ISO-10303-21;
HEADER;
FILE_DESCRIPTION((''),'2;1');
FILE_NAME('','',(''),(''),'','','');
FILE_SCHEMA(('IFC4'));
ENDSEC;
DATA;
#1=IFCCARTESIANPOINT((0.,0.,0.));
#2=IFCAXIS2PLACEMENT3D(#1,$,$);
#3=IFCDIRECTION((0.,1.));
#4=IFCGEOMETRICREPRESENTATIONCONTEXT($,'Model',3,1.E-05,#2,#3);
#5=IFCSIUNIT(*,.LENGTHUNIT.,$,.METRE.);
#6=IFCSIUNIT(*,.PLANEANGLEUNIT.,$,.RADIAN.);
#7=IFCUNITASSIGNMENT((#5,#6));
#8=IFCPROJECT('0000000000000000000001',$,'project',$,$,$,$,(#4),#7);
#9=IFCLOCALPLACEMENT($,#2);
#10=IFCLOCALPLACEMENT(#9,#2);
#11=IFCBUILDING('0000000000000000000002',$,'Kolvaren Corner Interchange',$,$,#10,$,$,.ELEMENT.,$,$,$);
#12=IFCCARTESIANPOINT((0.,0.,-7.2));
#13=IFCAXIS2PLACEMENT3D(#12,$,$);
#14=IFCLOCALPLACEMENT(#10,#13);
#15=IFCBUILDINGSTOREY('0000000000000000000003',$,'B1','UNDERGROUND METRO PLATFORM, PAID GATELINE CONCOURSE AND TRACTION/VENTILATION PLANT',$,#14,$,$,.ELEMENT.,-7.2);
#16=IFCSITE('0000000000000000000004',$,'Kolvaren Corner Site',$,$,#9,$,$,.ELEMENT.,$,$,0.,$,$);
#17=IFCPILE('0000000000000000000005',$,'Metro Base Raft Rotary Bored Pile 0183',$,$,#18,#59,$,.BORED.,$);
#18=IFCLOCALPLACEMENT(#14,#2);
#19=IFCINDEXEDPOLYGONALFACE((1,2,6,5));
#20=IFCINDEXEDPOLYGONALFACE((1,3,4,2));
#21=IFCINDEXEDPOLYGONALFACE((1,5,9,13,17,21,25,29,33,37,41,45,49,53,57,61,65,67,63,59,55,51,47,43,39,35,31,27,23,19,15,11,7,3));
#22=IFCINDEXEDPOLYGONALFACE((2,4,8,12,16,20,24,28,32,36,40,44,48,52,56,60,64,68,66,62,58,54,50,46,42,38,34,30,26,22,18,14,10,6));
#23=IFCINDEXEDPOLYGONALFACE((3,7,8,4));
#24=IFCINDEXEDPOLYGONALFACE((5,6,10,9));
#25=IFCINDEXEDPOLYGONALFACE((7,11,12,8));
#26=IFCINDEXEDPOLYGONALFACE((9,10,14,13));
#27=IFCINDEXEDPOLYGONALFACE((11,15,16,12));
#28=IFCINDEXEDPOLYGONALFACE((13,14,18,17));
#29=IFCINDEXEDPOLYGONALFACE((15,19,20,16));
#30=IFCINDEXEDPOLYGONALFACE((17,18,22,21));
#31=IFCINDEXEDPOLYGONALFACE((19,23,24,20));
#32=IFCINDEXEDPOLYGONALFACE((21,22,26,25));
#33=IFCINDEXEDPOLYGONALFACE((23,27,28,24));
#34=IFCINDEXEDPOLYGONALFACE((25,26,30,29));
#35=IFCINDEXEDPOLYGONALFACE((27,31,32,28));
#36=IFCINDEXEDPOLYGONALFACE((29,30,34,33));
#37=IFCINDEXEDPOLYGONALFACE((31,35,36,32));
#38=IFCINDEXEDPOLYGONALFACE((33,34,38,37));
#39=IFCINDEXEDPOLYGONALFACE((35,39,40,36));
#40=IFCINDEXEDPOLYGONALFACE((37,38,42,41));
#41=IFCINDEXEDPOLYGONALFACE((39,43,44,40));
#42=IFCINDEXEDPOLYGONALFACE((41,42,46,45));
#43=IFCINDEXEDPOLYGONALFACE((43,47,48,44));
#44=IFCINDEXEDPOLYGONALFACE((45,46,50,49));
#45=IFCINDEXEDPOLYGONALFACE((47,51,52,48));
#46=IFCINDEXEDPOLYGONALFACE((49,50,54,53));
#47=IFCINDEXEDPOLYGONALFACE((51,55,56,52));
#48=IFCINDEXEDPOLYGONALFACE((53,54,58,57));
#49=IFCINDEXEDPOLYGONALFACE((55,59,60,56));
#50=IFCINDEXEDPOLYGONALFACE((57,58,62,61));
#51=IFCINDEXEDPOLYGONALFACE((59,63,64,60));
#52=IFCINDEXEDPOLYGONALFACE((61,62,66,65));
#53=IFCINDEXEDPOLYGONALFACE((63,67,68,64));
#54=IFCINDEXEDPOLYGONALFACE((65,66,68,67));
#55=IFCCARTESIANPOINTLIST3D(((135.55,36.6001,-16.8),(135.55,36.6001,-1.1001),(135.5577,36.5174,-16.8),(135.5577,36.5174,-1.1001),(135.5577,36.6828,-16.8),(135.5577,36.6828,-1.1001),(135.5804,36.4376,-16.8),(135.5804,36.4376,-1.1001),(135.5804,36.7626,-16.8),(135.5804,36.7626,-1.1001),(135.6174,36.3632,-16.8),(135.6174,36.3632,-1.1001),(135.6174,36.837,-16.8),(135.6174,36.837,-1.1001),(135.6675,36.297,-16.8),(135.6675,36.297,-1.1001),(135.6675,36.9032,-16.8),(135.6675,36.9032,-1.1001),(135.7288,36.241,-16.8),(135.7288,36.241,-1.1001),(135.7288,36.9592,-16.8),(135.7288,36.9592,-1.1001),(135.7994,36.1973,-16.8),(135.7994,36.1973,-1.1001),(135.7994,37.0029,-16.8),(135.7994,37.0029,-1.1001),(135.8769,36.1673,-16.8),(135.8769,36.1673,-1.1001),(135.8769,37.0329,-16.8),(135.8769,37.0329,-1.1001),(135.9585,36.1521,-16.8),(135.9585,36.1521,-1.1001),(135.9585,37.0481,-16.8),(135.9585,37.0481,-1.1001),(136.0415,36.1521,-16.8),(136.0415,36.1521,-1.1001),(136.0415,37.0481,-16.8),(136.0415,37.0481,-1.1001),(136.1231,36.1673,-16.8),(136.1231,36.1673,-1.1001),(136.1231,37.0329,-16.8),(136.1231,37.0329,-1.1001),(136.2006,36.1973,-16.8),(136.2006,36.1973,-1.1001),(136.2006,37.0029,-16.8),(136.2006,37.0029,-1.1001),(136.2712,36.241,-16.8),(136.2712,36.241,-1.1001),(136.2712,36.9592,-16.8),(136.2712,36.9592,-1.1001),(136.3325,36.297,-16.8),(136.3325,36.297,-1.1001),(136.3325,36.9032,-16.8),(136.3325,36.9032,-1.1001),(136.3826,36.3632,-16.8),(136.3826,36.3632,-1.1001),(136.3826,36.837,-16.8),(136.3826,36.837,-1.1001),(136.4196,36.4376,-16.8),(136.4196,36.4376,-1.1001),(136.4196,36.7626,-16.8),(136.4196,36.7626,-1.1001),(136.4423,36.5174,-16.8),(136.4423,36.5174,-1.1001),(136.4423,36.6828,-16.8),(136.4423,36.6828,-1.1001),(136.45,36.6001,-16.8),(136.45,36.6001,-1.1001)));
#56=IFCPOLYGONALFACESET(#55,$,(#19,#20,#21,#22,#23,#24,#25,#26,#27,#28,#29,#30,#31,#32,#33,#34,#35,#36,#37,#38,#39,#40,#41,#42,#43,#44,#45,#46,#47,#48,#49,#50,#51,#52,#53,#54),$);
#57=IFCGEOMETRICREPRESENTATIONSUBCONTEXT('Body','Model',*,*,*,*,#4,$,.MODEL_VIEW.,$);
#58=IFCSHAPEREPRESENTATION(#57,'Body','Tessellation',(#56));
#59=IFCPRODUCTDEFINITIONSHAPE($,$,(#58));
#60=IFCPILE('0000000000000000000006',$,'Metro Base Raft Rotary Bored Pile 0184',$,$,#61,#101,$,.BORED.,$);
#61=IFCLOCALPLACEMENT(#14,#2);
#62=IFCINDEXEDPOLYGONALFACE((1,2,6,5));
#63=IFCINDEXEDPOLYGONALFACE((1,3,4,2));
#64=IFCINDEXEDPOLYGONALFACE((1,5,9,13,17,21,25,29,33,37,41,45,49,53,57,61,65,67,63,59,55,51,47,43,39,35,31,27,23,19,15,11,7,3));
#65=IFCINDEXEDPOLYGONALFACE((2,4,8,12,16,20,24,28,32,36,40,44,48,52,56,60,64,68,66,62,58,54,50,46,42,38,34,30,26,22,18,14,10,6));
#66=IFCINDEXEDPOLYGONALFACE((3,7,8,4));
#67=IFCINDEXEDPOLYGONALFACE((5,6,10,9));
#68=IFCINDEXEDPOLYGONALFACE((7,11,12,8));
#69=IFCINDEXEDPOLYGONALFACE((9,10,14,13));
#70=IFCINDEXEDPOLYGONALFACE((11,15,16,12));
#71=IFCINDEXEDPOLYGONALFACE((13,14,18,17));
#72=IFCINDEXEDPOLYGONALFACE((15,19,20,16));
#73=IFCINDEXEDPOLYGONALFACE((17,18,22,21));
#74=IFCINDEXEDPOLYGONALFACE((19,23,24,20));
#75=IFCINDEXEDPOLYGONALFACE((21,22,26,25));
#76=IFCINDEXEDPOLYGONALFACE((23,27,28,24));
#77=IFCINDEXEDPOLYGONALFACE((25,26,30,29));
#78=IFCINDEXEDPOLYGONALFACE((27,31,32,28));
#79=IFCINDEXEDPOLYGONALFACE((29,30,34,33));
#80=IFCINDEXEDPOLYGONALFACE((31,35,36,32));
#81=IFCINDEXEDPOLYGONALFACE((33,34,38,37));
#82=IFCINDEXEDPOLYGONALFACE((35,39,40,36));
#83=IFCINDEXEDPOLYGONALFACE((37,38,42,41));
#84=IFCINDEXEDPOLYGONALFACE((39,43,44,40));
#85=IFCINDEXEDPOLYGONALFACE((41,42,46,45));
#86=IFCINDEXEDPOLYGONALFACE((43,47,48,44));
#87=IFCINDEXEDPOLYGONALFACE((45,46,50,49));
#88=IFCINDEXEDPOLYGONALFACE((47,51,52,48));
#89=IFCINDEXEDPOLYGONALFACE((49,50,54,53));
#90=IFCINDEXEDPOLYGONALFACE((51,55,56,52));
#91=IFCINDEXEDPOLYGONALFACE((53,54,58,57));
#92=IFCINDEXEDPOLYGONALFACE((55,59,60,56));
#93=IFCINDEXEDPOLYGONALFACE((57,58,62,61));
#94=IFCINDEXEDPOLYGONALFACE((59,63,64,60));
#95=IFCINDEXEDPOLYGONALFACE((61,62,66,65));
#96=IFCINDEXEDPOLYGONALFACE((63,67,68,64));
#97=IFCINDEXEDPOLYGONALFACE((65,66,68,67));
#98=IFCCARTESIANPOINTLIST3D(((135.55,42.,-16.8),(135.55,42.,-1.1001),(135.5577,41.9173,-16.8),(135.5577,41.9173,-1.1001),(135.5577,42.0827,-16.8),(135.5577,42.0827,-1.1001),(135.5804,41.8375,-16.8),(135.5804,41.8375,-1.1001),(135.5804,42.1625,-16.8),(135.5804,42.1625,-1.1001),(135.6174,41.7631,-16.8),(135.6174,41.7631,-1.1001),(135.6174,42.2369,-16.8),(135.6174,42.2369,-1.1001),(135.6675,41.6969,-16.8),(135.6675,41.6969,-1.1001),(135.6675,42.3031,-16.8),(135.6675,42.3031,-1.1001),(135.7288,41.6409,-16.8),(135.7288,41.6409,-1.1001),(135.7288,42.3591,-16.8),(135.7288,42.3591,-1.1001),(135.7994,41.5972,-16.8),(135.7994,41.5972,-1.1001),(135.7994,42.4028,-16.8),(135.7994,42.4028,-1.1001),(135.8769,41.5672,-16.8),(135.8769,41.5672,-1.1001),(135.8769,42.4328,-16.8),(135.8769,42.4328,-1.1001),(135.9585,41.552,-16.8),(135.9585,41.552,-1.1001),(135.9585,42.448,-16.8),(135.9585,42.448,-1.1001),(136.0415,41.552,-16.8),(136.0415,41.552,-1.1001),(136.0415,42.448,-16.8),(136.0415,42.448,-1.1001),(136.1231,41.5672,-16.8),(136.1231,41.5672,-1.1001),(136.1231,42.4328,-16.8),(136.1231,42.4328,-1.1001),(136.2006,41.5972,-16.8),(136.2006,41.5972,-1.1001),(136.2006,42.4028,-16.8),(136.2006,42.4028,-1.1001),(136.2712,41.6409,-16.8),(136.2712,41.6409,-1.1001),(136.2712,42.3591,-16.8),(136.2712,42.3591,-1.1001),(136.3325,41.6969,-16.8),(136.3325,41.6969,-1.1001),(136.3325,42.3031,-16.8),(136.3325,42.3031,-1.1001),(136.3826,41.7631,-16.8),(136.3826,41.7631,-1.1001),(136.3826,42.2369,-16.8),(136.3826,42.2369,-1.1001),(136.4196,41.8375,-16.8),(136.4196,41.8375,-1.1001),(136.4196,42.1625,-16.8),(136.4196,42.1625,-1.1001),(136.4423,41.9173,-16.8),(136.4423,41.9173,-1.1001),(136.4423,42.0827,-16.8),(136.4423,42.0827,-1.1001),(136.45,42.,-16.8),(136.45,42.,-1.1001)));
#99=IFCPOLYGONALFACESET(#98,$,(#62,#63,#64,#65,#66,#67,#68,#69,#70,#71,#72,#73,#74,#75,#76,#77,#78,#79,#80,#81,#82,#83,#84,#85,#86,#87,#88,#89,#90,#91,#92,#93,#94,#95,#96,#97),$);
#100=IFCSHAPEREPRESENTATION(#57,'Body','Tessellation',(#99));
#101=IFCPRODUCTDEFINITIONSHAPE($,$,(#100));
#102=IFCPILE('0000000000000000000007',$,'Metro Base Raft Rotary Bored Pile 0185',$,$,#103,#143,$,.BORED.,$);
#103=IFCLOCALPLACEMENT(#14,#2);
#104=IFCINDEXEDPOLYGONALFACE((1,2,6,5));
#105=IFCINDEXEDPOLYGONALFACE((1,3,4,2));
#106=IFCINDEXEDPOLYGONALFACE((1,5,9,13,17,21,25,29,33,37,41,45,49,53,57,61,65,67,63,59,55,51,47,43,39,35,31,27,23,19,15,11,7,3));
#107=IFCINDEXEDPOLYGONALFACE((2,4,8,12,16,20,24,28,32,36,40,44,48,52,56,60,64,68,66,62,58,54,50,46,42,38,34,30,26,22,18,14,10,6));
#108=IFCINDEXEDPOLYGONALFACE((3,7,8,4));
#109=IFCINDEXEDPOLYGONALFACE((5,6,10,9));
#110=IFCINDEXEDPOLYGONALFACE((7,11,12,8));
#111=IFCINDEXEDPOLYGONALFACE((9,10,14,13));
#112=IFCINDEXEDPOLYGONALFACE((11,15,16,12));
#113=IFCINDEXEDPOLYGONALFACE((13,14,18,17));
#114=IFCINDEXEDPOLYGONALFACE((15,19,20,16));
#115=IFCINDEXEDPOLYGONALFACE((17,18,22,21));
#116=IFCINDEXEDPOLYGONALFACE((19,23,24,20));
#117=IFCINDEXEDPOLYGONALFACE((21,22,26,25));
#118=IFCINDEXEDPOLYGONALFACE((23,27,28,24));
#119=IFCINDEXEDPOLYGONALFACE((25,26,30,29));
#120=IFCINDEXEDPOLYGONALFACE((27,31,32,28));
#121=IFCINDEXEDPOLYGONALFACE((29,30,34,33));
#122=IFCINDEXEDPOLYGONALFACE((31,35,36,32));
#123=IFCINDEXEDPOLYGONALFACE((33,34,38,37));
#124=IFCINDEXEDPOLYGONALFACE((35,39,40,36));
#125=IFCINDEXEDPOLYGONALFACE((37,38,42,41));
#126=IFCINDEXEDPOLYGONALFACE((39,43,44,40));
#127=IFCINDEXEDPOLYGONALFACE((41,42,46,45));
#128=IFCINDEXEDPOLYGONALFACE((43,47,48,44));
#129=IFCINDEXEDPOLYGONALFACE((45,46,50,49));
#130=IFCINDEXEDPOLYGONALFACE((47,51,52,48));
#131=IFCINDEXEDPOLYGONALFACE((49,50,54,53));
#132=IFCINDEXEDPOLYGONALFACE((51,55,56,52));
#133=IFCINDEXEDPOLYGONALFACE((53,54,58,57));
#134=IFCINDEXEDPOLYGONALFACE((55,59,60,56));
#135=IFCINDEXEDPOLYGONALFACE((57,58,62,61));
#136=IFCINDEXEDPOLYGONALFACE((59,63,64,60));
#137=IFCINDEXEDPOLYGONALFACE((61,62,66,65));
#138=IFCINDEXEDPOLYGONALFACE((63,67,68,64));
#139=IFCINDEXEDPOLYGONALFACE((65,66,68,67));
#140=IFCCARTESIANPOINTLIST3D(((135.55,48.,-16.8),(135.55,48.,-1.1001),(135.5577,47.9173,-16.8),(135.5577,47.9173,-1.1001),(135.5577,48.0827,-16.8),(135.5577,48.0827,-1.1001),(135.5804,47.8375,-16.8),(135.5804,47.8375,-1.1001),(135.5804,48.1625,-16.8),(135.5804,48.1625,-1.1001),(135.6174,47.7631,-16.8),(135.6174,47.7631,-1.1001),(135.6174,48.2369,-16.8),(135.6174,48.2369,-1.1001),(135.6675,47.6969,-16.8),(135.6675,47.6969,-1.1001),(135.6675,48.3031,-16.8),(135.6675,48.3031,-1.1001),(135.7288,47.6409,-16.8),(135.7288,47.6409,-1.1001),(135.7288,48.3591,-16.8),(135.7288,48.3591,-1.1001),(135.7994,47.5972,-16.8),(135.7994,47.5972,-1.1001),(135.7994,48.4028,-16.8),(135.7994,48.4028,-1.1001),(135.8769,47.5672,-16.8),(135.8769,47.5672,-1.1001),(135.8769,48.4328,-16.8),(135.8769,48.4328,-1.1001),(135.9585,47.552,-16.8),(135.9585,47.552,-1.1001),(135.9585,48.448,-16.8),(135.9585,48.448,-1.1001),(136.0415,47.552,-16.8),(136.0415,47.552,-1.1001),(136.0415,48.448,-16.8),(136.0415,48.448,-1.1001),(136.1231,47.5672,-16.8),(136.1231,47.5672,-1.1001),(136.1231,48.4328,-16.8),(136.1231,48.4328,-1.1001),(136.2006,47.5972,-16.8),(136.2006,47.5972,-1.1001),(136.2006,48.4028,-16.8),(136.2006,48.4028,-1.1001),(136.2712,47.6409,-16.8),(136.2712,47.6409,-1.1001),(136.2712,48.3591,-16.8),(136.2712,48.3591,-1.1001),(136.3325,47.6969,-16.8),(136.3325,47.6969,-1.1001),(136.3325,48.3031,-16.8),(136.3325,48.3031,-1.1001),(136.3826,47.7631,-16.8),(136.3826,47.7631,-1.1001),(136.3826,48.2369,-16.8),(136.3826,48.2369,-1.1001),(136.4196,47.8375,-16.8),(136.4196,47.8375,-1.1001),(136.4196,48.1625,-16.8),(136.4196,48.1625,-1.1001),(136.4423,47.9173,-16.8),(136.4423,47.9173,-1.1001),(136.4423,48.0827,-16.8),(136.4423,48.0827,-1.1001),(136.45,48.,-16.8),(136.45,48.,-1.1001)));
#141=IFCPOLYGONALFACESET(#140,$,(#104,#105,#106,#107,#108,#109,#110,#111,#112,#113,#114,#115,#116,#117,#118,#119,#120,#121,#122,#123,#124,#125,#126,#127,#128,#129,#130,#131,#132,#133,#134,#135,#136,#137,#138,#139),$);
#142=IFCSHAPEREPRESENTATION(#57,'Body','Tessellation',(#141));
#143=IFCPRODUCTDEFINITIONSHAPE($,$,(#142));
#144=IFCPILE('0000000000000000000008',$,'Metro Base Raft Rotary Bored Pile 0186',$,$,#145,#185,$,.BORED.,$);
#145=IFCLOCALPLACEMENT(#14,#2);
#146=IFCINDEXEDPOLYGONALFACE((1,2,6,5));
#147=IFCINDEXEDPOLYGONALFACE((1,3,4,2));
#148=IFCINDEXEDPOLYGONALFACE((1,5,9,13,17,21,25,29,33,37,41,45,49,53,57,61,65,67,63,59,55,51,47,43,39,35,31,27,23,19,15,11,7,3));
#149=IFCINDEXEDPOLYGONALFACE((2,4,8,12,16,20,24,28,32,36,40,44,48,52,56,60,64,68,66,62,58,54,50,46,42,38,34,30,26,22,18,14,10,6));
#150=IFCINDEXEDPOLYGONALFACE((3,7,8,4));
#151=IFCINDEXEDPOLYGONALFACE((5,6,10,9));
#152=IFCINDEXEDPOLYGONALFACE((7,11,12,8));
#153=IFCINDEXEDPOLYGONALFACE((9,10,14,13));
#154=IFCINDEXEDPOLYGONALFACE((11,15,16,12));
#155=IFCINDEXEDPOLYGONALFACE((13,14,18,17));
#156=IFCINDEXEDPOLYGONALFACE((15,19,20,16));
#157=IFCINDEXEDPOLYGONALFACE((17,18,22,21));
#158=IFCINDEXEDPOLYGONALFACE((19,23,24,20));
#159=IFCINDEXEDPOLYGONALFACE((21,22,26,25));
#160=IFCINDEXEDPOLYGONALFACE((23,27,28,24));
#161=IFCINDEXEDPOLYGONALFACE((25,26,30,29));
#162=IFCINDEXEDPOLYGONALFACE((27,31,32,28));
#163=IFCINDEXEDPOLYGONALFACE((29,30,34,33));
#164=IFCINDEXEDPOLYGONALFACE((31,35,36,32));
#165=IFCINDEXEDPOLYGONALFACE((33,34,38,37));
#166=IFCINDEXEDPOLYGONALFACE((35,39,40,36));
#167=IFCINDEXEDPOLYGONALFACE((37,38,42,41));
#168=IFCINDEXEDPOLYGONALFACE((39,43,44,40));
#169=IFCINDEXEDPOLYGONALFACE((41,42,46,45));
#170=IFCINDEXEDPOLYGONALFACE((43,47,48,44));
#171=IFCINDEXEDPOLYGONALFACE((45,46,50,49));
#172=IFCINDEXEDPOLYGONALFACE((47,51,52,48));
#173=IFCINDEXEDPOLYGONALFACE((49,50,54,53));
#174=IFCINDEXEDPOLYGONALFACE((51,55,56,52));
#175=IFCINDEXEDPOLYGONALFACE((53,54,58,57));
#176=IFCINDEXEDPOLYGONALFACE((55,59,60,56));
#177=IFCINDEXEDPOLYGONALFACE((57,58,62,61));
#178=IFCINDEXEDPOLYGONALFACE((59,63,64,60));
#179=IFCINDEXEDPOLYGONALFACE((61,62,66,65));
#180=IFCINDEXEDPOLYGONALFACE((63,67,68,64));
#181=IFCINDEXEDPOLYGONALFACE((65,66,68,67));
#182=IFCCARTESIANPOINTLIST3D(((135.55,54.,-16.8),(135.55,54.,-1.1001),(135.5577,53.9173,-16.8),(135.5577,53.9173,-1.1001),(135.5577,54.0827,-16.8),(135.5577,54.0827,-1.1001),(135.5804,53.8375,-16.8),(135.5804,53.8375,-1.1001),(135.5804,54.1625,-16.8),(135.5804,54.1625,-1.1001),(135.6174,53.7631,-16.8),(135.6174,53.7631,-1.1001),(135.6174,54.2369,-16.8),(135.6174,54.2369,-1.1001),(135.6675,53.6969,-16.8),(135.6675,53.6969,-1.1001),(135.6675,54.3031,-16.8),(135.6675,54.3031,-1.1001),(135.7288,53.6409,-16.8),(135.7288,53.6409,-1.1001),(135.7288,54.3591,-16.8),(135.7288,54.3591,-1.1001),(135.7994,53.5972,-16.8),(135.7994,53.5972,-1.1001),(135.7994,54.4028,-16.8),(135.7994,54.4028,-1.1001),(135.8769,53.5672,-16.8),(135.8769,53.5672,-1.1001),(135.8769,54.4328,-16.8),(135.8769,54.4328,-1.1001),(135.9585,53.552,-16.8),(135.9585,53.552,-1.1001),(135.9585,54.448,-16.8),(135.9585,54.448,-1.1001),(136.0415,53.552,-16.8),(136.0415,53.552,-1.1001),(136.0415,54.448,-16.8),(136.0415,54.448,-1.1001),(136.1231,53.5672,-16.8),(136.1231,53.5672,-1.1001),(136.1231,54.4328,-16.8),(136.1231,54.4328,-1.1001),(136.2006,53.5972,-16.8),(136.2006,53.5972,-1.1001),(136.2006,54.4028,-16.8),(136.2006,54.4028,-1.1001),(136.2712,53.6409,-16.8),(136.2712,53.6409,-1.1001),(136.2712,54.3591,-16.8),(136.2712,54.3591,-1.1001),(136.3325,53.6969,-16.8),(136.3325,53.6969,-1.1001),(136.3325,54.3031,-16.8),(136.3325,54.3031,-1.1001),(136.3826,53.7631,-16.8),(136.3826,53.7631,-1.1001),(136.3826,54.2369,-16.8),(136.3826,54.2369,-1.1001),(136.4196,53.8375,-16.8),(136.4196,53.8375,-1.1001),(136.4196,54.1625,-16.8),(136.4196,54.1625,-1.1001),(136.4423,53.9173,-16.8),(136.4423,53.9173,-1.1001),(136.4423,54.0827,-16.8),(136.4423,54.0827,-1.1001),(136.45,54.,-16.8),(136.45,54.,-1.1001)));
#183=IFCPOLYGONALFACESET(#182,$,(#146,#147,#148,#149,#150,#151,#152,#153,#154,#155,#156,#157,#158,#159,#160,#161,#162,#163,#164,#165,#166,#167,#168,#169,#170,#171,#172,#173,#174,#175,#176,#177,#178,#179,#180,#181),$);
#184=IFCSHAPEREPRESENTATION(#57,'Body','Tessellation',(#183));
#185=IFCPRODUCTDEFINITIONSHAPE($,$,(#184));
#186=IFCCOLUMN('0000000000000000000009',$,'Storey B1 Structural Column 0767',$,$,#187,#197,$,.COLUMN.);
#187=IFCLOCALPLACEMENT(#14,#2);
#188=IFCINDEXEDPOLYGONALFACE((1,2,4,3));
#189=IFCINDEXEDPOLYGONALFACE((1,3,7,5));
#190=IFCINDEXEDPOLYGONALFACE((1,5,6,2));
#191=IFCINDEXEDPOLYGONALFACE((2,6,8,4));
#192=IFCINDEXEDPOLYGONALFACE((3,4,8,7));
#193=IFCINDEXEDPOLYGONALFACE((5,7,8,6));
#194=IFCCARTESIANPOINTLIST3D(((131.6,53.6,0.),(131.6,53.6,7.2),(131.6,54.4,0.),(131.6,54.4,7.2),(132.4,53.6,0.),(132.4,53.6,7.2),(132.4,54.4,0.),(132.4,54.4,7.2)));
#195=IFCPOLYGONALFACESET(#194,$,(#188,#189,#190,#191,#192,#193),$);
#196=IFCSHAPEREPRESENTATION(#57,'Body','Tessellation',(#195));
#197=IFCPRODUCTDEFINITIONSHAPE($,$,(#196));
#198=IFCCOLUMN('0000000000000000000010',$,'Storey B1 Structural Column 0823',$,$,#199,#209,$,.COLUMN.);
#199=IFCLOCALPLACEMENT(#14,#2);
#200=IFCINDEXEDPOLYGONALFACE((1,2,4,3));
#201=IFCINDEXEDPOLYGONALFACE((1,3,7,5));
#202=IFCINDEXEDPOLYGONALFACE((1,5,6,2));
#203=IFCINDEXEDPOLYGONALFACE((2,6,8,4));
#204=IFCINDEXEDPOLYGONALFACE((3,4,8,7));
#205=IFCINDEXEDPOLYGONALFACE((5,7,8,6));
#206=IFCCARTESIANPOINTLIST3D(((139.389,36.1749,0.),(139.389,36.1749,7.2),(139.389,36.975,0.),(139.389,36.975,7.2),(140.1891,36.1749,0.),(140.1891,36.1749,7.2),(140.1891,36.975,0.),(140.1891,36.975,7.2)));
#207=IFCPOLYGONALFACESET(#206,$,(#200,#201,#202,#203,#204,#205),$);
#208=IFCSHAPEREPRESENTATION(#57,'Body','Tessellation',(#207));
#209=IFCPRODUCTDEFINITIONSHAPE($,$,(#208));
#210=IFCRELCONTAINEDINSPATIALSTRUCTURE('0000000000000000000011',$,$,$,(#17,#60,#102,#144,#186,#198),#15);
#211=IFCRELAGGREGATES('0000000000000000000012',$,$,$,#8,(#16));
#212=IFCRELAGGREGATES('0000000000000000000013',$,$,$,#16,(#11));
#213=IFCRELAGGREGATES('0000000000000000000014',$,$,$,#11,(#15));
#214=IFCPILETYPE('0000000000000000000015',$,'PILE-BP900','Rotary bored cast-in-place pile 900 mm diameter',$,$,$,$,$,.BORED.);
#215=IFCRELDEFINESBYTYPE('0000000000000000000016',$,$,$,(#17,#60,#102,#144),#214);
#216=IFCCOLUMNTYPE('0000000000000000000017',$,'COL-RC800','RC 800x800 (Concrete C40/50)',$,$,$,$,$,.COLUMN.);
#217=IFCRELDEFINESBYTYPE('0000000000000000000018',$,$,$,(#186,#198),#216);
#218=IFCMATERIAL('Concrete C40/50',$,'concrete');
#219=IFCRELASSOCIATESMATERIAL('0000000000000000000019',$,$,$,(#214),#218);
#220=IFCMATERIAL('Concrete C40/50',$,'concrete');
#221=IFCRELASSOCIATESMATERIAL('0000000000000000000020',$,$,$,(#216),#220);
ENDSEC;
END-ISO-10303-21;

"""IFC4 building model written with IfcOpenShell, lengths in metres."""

from ifc_helpers import new_model, si_unit, direction, frame, origin, origin_2d, place, context, subcontext, project, spatial, rectangle, circle, extrude, material, material_profile, profile_set, type_object, element, save


model = new_model("IFC4")

# Units and contexts
model_context = context("Model", 3, precision=1e-05, world=origin(), true_north=direction((0.0, 1.0)))
body_context = subcontext(model_context, "Body", "Model", "MODEL_VIEW")
ifc_project = project(units=[si_unit("LENGTHUNIT", "METRE"), si_unit("PLANEANGLEUNIT", "RADIAN")], contexts=[model_context])

# Site, building, storey
site_placement = place(None, origin())
site = spatial("IfcSite", under=ifc_project, at=site_placement, Name="Kolvaren Corner Site", CompositionType="ELEMENT", RefElevation=0.0)
building_placement = place(site_placement, origin())
building = spatial("IfcBuilding", under=site, at=building_placement, Name="Kolvaren Corner Interchange", CompositionType="ELEMENT")
storey_placement = place(building_placement, frame((0.0, 0.0, -7.2)))
storey = spatial("IfcBuildingStorey", under=building, at=storey_placement, Name="B1", Description="UNDERGROUND METRO PLATFORM, PAID GATELINE CONCOURSE AND TRACTION/VENTILATION PLANT", CompositionType="ELEMENT", Elevation=-7.2)

# Piles
ifc_material_1 = material(Name="Concrete C40/50", Category="concrete")
ifc_material_profile_1 = material_profile(ifc_material_1, circle(Radius=0.45, at=origin_2d()), Name="BORED PILE 900")
ifc_profile_set_1 = profile_set([ifc_material_profile_1], Name="Concrete C40/50")
pile_type_1 = type_object("IfcPileType", Name="PILE-BP900", Description="Rotary bored cast-in-place pile 900 mm diameter", PredefinedType="BORED", material=ifc_profile_set_1)
for number, where, z_axis, x_axis, name in (
    (1, (136.0, 36.6001, -1.1001), (0.0, 0.0, -1.0), (1.0, 0.0, 0.0), "Metro Base Raft Rotary Bored Pile 0183"),
    (2, (136.0, 42.0, -1.1001), (0.0, 0.0, -1.0), (1.0, 0.0, 0.0), "Metro Base Raft Rotary Bored Pile 0184"),
    (3, (136.0, 48.0, -1.1001), (0.0, 0.0, -1.0), (1.0, 0.0, 0.0), "Metro Base Raft Rotary Bored Pile 0185"),
    (4, (136.0, 54.0, -1.1001), (0.0, 0.0, -1.0), (1.0, 0.0, 0.0), "Metro Base Raft Rotary Bored Pile 0186"),
):
    element("IfcPile", number, at=place(storey_placement, frame(where, z_axis=z_axis, x_axis=x_axis)), inside=storey, type_object=pile_type_1, Name=name, PredefinedType="BORED", context=body_context, shape_type="SweptSolid", body=[
        extrude(circle(Radius=0.45, at=origin_2d()), origin(), (0.0, 0.0, 1.0), 15.7),
    ])

# Columns
ifc_material_2 = material(Name="Concrete C40/50", Category="concrete")
ifc_material_profile_2 = material_profile(ifc_material_2, rectangle(XDim=0.8, YDim=0.8, at=origin_2d()), Name="RC 800x800")
ifc_profile_set_2 = profile_set([ifc_material_profile_2], Name="Concrete C40/50")
column_type = type_object("IfcColumnType", Name="COL-RC800", Description="RC 800x800 (Concrete C40/50)", PredefinedType="COLUMN", material=ifc_profile_set_2)
for number, where, z_axis, x_axis, name in (
    (5, (132.0, 54.0, 0.0), (0.0, 0.0, 1.0), (1.0, 0.0, 0.0), "Storey B1 Structural Column 0767"),
    (6, (139.7891, 36.575, 0.0), (0.0, 0.0, 1.0), (1.0, 0.0, 0.0), "Storey B1 Structural Column 0823"),
):
    element("IfcColumn", number, at=place(storey_placement, frame(where, z_axis=z_axis, x_axis=x_axis)), inside=storey, type_object=column_type, Name=name, PredefinedType="COLUMN", context=body_context, shape_type="SweptSolid", body=[
        extrude(rectangle(XDim=0.8, YDim=0.8, at=origin_2d()), origin(), (0.0, 0.0, 1.0), 7.2),
    ])

save(model, "model.ifc")
